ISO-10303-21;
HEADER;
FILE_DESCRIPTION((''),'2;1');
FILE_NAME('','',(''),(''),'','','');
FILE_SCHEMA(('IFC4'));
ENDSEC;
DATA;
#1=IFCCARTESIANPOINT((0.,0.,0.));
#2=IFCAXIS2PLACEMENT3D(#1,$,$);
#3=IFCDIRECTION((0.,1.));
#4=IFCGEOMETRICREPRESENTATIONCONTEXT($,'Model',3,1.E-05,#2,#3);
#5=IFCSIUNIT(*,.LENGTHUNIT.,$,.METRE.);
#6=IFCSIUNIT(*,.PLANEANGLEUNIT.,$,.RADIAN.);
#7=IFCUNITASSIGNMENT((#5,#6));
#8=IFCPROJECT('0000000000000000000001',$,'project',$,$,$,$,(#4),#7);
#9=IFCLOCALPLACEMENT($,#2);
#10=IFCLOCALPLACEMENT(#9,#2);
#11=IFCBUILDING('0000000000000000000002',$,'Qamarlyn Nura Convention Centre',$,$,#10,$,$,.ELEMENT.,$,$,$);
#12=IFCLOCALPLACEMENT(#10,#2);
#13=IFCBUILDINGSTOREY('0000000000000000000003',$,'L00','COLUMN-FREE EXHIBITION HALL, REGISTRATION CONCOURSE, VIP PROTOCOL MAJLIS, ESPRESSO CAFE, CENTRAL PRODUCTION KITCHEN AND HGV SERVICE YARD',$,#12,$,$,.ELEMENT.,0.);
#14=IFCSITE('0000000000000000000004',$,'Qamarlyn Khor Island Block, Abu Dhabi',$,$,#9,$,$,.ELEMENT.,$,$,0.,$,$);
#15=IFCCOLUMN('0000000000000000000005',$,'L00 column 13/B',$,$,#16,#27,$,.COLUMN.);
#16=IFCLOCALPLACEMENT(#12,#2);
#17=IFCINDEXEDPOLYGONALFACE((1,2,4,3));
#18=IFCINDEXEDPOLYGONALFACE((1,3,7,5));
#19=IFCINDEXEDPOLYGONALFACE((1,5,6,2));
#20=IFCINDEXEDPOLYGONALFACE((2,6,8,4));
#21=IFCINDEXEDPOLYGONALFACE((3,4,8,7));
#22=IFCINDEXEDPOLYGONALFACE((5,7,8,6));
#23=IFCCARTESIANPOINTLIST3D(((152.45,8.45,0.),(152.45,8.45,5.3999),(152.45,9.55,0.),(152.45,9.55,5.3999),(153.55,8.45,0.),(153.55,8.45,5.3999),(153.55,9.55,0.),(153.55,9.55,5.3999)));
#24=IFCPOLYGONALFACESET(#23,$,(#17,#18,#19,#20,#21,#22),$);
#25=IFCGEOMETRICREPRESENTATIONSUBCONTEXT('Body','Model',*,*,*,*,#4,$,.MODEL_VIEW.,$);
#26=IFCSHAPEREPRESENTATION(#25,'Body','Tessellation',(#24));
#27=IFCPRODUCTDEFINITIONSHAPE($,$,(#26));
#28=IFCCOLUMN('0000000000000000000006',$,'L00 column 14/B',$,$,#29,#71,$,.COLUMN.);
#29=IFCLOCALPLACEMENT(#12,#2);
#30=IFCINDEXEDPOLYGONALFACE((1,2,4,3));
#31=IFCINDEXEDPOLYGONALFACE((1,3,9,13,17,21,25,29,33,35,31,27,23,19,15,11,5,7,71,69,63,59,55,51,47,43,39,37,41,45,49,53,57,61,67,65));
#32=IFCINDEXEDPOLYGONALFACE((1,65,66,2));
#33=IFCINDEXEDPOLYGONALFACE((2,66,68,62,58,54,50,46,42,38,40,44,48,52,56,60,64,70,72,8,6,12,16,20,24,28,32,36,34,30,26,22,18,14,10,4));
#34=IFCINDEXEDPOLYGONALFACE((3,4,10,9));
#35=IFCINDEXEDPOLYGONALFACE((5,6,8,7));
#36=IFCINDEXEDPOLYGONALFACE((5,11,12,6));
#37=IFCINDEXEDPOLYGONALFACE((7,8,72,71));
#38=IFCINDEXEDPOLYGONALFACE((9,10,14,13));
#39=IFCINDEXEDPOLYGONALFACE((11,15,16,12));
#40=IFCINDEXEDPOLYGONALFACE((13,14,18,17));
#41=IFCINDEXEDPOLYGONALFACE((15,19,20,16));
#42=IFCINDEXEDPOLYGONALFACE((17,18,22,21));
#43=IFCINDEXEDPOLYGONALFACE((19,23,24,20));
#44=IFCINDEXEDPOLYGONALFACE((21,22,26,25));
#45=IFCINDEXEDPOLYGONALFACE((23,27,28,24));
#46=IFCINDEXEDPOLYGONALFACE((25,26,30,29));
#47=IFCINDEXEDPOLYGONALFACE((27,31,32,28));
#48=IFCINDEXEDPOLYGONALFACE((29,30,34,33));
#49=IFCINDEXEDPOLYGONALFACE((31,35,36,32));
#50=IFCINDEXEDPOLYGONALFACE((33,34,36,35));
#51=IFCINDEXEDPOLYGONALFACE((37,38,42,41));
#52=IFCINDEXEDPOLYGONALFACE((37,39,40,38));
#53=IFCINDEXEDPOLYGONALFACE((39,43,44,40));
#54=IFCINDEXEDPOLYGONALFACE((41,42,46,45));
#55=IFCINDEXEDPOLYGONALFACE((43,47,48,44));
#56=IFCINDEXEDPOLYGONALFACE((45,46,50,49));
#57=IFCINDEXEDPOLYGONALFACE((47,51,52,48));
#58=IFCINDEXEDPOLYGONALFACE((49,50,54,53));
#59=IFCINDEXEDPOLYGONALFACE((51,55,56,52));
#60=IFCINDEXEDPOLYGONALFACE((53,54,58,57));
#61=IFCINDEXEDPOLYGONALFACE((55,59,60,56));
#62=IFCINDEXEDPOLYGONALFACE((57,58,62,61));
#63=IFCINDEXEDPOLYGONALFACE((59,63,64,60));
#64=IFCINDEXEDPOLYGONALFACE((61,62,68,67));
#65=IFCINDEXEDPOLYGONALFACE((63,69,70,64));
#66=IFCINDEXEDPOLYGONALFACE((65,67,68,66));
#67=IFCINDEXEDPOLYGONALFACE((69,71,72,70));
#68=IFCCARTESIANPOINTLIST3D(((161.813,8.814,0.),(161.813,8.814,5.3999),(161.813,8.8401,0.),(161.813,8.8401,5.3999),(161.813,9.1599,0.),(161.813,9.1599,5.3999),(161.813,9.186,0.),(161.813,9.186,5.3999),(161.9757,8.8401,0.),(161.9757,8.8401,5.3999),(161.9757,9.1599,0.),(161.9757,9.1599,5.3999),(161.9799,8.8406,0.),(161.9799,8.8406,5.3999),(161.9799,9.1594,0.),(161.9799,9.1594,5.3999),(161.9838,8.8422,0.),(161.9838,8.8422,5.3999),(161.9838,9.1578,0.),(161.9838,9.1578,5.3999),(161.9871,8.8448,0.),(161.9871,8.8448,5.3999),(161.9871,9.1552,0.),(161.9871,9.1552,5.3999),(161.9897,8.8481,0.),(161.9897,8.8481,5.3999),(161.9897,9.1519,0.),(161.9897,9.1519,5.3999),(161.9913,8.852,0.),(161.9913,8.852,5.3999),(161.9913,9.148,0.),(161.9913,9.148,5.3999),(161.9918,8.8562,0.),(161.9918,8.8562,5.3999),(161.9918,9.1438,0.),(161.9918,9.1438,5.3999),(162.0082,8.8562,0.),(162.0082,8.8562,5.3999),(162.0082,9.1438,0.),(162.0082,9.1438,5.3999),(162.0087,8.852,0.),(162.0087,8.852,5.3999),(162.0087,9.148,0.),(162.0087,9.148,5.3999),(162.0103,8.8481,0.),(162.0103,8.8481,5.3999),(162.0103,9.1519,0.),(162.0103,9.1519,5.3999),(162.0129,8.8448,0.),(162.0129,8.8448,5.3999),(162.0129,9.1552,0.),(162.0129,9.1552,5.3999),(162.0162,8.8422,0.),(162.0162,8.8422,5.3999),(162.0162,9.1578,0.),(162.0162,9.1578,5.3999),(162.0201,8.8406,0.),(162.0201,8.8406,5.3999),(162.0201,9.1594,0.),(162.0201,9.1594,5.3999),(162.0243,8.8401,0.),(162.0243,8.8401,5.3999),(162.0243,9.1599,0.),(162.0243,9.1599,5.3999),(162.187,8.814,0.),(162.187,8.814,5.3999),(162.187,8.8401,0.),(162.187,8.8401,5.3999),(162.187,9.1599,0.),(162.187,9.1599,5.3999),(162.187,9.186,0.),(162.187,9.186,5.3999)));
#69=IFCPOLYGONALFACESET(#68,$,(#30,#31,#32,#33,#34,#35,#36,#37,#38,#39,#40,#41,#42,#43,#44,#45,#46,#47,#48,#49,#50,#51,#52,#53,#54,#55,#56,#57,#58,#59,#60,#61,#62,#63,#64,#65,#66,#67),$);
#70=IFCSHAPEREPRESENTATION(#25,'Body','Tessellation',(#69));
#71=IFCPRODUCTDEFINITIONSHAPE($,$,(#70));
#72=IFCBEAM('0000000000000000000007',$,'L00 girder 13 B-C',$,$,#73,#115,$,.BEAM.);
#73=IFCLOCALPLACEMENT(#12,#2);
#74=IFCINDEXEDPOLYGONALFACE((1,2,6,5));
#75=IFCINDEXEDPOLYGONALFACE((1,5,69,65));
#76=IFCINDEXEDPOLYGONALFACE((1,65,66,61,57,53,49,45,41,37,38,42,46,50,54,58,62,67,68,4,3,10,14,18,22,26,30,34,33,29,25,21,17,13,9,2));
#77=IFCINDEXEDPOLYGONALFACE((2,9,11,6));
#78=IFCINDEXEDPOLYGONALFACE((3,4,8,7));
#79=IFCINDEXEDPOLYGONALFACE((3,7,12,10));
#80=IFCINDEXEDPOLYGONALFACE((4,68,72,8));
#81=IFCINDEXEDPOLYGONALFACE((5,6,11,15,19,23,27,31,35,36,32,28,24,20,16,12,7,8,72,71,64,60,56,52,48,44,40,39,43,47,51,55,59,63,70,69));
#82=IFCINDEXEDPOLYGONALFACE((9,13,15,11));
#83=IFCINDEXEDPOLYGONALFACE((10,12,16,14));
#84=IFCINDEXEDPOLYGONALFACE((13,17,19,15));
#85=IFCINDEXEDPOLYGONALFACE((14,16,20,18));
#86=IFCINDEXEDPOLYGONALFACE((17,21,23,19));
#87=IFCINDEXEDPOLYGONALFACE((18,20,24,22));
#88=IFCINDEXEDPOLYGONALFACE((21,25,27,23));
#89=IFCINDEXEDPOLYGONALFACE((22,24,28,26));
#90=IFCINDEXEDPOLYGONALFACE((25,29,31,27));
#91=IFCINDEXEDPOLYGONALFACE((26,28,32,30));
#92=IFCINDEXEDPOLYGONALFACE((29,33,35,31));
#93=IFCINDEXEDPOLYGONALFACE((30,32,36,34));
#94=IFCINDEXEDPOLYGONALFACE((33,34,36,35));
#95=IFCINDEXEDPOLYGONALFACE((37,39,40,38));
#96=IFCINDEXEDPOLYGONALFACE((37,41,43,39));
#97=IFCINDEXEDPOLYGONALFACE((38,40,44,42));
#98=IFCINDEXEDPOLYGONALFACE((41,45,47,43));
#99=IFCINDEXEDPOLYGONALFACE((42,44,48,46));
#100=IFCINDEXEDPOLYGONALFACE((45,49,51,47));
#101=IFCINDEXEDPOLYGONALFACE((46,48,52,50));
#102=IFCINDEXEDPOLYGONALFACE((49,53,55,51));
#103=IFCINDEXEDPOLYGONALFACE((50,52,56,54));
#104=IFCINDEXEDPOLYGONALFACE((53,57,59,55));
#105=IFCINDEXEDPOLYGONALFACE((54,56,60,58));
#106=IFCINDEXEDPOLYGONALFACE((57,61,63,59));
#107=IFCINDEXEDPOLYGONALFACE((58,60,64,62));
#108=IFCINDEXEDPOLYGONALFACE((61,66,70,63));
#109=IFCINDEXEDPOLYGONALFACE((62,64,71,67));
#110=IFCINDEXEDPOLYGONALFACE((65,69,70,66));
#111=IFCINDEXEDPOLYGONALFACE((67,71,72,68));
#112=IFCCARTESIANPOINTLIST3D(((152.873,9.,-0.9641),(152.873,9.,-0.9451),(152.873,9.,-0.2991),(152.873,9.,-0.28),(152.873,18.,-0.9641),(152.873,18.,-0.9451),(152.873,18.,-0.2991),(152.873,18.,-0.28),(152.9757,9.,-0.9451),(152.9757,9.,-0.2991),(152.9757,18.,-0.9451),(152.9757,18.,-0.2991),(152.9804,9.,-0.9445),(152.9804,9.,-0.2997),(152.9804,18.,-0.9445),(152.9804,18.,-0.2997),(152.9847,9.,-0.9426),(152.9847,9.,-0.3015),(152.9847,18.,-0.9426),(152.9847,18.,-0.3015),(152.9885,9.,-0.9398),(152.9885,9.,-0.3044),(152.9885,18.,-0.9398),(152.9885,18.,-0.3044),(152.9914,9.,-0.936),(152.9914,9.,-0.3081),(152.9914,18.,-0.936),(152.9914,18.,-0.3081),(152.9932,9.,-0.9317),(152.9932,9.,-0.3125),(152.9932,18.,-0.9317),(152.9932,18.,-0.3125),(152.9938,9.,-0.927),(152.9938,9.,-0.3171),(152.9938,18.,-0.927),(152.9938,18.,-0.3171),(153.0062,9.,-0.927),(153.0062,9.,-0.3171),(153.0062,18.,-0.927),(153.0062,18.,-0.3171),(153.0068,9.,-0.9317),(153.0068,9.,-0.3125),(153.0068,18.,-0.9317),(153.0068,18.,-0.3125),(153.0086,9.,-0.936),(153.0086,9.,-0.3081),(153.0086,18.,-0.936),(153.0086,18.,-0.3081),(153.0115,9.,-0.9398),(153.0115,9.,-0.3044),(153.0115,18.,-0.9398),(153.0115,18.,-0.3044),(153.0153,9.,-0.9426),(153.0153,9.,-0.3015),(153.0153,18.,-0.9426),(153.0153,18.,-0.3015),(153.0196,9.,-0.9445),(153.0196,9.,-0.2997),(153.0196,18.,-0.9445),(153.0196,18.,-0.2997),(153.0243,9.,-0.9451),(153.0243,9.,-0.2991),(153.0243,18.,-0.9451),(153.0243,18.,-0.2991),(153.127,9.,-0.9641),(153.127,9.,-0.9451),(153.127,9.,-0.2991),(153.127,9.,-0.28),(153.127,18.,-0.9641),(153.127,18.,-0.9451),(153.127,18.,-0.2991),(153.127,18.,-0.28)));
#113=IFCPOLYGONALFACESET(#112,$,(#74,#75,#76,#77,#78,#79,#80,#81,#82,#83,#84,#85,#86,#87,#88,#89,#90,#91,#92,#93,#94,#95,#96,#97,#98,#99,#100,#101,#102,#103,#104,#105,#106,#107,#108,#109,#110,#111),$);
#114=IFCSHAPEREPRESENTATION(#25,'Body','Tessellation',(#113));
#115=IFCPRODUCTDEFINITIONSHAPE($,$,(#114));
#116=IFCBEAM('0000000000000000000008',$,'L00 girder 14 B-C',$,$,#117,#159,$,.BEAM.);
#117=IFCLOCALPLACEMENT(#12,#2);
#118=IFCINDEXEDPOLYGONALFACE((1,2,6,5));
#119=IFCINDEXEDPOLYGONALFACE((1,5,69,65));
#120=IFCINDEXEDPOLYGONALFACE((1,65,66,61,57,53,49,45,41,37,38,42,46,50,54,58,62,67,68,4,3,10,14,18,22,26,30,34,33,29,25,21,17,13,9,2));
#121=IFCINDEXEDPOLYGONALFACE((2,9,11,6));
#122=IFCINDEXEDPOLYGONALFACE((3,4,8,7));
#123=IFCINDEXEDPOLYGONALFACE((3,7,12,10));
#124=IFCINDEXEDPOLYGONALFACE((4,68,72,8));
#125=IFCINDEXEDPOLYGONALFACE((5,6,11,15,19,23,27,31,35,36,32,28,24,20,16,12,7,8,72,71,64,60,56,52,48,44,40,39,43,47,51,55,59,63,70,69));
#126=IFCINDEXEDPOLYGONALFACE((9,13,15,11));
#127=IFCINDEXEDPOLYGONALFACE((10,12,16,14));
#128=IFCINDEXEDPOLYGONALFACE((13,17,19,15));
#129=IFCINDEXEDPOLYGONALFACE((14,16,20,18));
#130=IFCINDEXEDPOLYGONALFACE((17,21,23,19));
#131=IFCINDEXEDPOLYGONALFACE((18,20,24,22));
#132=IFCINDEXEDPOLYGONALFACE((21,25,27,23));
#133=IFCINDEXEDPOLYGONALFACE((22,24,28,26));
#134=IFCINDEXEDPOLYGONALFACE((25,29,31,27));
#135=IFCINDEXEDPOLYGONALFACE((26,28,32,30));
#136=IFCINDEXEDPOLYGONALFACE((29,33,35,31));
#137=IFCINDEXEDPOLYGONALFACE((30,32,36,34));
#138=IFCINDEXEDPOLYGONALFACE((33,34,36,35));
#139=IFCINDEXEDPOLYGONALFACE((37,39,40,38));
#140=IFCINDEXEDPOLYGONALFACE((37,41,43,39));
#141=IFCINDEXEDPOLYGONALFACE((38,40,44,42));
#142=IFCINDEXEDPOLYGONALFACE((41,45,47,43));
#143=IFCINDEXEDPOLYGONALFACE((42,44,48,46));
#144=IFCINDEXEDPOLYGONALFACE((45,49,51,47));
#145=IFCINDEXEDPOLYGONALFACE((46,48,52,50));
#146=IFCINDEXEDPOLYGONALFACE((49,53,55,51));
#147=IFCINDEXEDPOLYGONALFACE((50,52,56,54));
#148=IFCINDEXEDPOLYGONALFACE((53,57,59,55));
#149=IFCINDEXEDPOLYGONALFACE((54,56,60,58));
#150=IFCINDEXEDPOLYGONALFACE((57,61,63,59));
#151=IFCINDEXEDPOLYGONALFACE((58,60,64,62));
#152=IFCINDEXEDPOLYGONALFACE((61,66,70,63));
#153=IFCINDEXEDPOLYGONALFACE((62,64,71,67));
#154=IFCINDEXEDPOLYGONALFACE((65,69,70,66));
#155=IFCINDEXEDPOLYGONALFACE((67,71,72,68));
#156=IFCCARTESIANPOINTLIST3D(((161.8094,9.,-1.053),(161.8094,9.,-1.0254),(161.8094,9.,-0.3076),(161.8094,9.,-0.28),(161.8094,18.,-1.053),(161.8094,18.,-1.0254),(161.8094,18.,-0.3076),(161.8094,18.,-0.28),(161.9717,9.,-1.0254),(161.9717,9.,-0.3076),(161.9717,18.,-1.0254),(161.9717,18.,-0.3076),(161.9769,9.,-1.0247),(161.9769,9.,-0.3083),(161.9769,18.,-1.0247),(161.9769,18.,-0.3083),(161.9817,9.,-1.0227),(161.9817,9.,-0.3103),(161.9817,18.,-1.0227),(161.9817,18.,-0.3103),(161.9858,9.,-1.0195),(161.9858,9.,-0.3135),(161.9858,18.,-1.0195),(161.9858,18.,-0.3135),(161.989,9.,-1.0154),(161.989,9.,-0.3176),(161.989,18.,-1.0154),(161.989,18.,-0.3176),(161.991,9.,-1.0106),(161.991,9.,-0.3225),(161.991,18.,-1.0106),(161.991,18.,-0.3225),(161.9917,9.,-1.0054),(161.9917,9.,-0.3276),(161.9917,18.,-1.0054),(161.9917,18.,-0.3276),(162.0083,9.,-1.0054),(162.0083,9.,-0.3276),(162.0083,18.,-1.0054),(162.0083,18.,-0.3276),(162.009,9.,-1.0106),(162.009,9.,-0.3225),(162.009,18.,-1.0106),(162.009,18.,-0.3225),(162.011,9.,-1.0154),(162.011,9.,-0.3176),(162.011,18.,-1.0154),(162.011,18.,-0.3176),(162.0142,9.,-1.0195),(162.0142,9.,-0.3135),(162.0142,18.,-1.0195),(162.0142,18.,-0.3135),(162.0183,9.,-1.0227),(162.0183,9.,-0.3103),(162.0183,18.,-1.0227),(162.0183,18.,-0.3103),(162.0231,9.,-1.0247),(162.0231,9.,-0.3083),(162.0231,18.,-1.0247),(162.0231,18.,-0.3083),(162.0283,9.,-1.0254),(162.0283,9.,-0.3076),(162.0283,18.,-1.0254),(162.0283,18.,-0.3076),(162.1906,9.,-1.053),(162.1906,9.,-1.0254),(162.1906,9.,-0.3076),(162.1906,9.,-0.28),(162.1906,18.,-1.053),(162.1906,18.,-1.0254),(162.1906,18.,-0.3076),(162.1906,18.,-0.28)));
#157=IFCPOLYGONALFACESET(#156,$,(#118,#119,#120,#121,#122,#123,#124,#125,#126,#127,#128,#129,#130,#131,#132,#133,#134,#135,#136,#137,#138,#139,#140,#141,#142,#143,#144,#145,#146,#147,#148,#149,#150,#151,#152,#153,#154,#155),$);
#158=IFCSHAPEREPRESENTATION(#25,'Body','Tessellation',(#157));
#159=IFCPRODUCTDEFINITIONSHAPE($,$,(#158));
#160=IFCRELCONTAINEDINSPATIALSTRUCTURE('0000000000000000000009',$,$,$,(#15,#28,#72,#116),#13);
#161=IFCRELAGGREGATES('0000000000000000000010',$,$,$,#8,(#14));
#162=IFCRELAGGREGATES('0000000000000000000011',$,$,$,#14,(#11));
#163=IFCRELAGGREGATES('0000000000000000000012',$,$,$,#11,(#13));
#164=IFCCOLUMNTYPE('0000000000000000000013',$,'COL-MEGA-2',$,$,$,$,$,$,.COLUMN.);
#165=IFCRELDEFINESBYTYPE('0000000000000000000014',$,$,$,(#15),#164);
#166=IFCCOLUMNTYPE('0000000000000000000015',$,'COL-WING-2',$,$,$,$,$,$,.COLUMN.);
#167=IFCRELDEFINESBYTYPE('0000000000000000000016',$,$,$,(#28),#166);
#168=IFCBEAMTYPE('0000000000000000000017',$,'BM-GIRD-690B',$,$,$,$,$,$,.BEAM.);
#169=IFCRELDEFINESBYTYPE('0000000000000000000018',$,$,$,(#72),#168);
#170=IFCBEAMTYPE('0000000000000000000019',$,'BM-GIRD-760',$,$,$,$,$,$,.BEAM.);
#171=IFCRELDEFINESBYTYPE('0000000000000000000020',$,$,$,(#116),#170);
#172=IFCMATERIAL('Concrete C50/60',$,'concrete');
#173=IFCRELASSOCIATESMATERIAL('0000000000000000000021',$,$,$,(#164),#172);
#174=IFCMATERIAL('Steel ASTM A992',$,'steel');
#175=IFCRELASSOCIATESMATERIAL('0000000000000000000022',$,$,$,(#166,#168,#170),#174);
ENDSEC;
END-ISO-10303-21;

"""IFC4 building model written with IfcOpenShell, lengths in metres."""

from ifc_helpers import new_model, si_unit, direction, frame, origin, origin_2d, place, context, subcontext, project, spatial, rectangle, i_section, extrude, material, material_profile, profile_set, type_object, element, save


model = new_model("IFC4")

# Units and contexts
model_context = context("Model", 3, precision=1e-05, world=origin(), true_north=direction((0.0, 1.0)))
body_context = subcontext(model_context, "Body", "Model", "MODEL_VIEW")
ifc_project = project(units=[si_unit("LENGTHUNIT", "METRE"), si_unit("PLANEANGLEUNIT", "RADIAN")], contexts=[model_context])

# Site, building, storey
site_placement = place(None, origin())
site = spatial("IfcSite", under=ifc_project, at=site_placement, Name="Qamarlyn Khor Island Block, Abu Dhabi", CompositionType="ELEMENT", RefElevation=0.0)
building_placement = place(site_placement, origin())
building = spatial("IfcBuilding", under=site, at=building_placement, Name="Qamarlyn Nura Convention Centre", CompositionType="ELEMENT")
storey_placement = place(building_placement, origin())
storey = spatial("IfcBuildingStorey", under=building, at=storey_placement, Name="L00", Description="COLUMN-FREE EXHIBITION HALL, REGISTRATION CONCOURSE, VIP PROTOCOL MAJLIS, ESPRESSO CAFE, CENTRAL PRODUCTION KITCHEN AND HGV SERVICE YARD", CompositionType="ELEMENT", Elevation=0.0)

# Columns
ifc_material_1 = material(Name="Concrete C50/60", Category="concrete")
ifc_material_profile_1 = material_profile(ifc_material_1, rectangle(XDim=1.1001, YDim=1.1001, at=origin_2d()), Name="RC 1100x1100")
ifc_profile_set_1 = profile_set([ifc_material_profile_1], Name="Concrete C50/60")
column_type_1 = type_object("IfcColumnType", Name="COL-MEGA-2", PredefinedType="COLUMN", material=ifc_profile_set_1)
column_1_placement = place(storey_placement, frame((153.0, 9.0, 0.0), z_axis=(0.0, 0.0, 1.0), x_axis=(1.0, 0.0, 0.0)))
element("IfcColumn", 1, at=column_1_placement, inside=storey, type_object=column_type_1, Name="L00 column 13/B", PredefinedType="COLUMN", context=body_context, shape_type="SweptSolid", body=[
    extrude(rectangle(XDim=1.1001, YDim=1.1001, at=origin_2d()), origin(), (0.0, 0.0, 1.0), 5.3999),
])
ifc_material_2 = material(Name="Steel ASTM A992", Category="steel")
ifc_material_profile_2 = material_profile(ifc_material_2, i_section(OverallWidth=0.374, OverallDepth=0.3721, WebThickness=0.0164, FlangeThickness=0.0261, FilletRadius=0.0161, at=origin_2d()), Name="W360X196")
ifc_profile_set_2 = profile_set([ifc_material_profile_2], Name="Steel ASTM A992")
column_type_2 = type_object("IfcColumnType", Name="COL-WING-2", PredefinedType="COLUMN", material=ifc_profile_set_2)
column_2_placement = place(storey_placement, frame((162.0, 9.0, 0.0), z_axis=(0.0, 0.0, 1.0), x_axis=(1.0, 0.0, 0.0)))
element("IfcColumn", 2, at=column_2_placement, inside=storey, type_object=column_type_2, Name="L00 column 14/B", PredefinedType="COLUMN", context=body_context, shape_type="SweptSolid", body=[
    extrude(i_section(OverallWidth=0.374, OverallDepth=0.3721, WebThickness=0.0164, FlangeThickness=0.0261, FilletRadius=0.0161, at=origin_2d()), origin(), (0.0, 0.0, 1.0), 5.3999),
])

# Beams
ifc_material_profile_3 = material_profile(ifc_material_2, i_section(OverallWidth=0.2539, OverallDepth=0.6841, WebThickness=0.0125, FlangeThickness=0.019, FilletRadius=0.0181, at=origin_2d()), Name="W690X140")
ifc_profile_set_3 = profile_set([ifc_material_profile_3], Name="Steel ASTM A992")
beam_type_1 = type_object("IfcBeamType", Name="BM-GIRD-690B", PredefinedType="BEAM", material=ifc_profile_set_3)
beam_1_placement = place(storey_placement, frame((153.0, 9.0, -0.6221), z_axis=(0.0, 1.0, 0.0), x_axis=(-1.0, 0.0, 0.0)))
element("IfcBeam", 3, at=beam_1_placement, inside=storey, type_object=beam_type_1, Name="L00 girder 13 B-C", PredefinedType="BEAM", context=body_context, shape_type="SweptSolid", body=[
    extrude(i_section(OverallWidth=0.2539, OverallDepth=0.6841, WebThickness=0.0125, FlangeThickness=0.019, FilletRadius=0.0181, at=origin_2d()), origin(), (0.0, 0.0, 1.0), 9.0),
])
ifc_material_profile_4 = material_profile(ifc_material_2, i_section(OverallWidth=0.3811, OverallDepth=0.7729, WebThickness=0.0166, FlangeThickness=0.0276, FilletRadius=0.02, at=origin_2d()), Name="W760X257")
ifc_profile_set_4 = profile_set([ifc_material_profile_4], Name="Steel ASTM A992")
beam_type_2 = type_object("IfcBeamType", Name="BM-GIRD-760", PredefinedType="BEAM", material=ifc_profile_set_4)
beam_2_placement = place(storey_placement, frame((162.0, 9.0, -0.6665), z_axis=(0.0, 1.0, 0.0), x_axis=(-1.0, 0.0, 0.0)))
element("IfcBeam", 4, at=beam_2_placement, inside=storey, type_object=beam_type_2, Name="L00 girder 14 B-C", PredefinedType="BEAM", context=body_context, shape_type="SweptSolid", body=[
    extrude(i_section(OverallWidth=0.3811, OverallDepth=0.7729, WebThickness=0.0166, FlangeThickness=0.0276, FilletRadius=0.02, at=origin_2d()), origin(), (0.0, 0.0, 1.0), 9.0),
])

save(model, "model.ifc")
